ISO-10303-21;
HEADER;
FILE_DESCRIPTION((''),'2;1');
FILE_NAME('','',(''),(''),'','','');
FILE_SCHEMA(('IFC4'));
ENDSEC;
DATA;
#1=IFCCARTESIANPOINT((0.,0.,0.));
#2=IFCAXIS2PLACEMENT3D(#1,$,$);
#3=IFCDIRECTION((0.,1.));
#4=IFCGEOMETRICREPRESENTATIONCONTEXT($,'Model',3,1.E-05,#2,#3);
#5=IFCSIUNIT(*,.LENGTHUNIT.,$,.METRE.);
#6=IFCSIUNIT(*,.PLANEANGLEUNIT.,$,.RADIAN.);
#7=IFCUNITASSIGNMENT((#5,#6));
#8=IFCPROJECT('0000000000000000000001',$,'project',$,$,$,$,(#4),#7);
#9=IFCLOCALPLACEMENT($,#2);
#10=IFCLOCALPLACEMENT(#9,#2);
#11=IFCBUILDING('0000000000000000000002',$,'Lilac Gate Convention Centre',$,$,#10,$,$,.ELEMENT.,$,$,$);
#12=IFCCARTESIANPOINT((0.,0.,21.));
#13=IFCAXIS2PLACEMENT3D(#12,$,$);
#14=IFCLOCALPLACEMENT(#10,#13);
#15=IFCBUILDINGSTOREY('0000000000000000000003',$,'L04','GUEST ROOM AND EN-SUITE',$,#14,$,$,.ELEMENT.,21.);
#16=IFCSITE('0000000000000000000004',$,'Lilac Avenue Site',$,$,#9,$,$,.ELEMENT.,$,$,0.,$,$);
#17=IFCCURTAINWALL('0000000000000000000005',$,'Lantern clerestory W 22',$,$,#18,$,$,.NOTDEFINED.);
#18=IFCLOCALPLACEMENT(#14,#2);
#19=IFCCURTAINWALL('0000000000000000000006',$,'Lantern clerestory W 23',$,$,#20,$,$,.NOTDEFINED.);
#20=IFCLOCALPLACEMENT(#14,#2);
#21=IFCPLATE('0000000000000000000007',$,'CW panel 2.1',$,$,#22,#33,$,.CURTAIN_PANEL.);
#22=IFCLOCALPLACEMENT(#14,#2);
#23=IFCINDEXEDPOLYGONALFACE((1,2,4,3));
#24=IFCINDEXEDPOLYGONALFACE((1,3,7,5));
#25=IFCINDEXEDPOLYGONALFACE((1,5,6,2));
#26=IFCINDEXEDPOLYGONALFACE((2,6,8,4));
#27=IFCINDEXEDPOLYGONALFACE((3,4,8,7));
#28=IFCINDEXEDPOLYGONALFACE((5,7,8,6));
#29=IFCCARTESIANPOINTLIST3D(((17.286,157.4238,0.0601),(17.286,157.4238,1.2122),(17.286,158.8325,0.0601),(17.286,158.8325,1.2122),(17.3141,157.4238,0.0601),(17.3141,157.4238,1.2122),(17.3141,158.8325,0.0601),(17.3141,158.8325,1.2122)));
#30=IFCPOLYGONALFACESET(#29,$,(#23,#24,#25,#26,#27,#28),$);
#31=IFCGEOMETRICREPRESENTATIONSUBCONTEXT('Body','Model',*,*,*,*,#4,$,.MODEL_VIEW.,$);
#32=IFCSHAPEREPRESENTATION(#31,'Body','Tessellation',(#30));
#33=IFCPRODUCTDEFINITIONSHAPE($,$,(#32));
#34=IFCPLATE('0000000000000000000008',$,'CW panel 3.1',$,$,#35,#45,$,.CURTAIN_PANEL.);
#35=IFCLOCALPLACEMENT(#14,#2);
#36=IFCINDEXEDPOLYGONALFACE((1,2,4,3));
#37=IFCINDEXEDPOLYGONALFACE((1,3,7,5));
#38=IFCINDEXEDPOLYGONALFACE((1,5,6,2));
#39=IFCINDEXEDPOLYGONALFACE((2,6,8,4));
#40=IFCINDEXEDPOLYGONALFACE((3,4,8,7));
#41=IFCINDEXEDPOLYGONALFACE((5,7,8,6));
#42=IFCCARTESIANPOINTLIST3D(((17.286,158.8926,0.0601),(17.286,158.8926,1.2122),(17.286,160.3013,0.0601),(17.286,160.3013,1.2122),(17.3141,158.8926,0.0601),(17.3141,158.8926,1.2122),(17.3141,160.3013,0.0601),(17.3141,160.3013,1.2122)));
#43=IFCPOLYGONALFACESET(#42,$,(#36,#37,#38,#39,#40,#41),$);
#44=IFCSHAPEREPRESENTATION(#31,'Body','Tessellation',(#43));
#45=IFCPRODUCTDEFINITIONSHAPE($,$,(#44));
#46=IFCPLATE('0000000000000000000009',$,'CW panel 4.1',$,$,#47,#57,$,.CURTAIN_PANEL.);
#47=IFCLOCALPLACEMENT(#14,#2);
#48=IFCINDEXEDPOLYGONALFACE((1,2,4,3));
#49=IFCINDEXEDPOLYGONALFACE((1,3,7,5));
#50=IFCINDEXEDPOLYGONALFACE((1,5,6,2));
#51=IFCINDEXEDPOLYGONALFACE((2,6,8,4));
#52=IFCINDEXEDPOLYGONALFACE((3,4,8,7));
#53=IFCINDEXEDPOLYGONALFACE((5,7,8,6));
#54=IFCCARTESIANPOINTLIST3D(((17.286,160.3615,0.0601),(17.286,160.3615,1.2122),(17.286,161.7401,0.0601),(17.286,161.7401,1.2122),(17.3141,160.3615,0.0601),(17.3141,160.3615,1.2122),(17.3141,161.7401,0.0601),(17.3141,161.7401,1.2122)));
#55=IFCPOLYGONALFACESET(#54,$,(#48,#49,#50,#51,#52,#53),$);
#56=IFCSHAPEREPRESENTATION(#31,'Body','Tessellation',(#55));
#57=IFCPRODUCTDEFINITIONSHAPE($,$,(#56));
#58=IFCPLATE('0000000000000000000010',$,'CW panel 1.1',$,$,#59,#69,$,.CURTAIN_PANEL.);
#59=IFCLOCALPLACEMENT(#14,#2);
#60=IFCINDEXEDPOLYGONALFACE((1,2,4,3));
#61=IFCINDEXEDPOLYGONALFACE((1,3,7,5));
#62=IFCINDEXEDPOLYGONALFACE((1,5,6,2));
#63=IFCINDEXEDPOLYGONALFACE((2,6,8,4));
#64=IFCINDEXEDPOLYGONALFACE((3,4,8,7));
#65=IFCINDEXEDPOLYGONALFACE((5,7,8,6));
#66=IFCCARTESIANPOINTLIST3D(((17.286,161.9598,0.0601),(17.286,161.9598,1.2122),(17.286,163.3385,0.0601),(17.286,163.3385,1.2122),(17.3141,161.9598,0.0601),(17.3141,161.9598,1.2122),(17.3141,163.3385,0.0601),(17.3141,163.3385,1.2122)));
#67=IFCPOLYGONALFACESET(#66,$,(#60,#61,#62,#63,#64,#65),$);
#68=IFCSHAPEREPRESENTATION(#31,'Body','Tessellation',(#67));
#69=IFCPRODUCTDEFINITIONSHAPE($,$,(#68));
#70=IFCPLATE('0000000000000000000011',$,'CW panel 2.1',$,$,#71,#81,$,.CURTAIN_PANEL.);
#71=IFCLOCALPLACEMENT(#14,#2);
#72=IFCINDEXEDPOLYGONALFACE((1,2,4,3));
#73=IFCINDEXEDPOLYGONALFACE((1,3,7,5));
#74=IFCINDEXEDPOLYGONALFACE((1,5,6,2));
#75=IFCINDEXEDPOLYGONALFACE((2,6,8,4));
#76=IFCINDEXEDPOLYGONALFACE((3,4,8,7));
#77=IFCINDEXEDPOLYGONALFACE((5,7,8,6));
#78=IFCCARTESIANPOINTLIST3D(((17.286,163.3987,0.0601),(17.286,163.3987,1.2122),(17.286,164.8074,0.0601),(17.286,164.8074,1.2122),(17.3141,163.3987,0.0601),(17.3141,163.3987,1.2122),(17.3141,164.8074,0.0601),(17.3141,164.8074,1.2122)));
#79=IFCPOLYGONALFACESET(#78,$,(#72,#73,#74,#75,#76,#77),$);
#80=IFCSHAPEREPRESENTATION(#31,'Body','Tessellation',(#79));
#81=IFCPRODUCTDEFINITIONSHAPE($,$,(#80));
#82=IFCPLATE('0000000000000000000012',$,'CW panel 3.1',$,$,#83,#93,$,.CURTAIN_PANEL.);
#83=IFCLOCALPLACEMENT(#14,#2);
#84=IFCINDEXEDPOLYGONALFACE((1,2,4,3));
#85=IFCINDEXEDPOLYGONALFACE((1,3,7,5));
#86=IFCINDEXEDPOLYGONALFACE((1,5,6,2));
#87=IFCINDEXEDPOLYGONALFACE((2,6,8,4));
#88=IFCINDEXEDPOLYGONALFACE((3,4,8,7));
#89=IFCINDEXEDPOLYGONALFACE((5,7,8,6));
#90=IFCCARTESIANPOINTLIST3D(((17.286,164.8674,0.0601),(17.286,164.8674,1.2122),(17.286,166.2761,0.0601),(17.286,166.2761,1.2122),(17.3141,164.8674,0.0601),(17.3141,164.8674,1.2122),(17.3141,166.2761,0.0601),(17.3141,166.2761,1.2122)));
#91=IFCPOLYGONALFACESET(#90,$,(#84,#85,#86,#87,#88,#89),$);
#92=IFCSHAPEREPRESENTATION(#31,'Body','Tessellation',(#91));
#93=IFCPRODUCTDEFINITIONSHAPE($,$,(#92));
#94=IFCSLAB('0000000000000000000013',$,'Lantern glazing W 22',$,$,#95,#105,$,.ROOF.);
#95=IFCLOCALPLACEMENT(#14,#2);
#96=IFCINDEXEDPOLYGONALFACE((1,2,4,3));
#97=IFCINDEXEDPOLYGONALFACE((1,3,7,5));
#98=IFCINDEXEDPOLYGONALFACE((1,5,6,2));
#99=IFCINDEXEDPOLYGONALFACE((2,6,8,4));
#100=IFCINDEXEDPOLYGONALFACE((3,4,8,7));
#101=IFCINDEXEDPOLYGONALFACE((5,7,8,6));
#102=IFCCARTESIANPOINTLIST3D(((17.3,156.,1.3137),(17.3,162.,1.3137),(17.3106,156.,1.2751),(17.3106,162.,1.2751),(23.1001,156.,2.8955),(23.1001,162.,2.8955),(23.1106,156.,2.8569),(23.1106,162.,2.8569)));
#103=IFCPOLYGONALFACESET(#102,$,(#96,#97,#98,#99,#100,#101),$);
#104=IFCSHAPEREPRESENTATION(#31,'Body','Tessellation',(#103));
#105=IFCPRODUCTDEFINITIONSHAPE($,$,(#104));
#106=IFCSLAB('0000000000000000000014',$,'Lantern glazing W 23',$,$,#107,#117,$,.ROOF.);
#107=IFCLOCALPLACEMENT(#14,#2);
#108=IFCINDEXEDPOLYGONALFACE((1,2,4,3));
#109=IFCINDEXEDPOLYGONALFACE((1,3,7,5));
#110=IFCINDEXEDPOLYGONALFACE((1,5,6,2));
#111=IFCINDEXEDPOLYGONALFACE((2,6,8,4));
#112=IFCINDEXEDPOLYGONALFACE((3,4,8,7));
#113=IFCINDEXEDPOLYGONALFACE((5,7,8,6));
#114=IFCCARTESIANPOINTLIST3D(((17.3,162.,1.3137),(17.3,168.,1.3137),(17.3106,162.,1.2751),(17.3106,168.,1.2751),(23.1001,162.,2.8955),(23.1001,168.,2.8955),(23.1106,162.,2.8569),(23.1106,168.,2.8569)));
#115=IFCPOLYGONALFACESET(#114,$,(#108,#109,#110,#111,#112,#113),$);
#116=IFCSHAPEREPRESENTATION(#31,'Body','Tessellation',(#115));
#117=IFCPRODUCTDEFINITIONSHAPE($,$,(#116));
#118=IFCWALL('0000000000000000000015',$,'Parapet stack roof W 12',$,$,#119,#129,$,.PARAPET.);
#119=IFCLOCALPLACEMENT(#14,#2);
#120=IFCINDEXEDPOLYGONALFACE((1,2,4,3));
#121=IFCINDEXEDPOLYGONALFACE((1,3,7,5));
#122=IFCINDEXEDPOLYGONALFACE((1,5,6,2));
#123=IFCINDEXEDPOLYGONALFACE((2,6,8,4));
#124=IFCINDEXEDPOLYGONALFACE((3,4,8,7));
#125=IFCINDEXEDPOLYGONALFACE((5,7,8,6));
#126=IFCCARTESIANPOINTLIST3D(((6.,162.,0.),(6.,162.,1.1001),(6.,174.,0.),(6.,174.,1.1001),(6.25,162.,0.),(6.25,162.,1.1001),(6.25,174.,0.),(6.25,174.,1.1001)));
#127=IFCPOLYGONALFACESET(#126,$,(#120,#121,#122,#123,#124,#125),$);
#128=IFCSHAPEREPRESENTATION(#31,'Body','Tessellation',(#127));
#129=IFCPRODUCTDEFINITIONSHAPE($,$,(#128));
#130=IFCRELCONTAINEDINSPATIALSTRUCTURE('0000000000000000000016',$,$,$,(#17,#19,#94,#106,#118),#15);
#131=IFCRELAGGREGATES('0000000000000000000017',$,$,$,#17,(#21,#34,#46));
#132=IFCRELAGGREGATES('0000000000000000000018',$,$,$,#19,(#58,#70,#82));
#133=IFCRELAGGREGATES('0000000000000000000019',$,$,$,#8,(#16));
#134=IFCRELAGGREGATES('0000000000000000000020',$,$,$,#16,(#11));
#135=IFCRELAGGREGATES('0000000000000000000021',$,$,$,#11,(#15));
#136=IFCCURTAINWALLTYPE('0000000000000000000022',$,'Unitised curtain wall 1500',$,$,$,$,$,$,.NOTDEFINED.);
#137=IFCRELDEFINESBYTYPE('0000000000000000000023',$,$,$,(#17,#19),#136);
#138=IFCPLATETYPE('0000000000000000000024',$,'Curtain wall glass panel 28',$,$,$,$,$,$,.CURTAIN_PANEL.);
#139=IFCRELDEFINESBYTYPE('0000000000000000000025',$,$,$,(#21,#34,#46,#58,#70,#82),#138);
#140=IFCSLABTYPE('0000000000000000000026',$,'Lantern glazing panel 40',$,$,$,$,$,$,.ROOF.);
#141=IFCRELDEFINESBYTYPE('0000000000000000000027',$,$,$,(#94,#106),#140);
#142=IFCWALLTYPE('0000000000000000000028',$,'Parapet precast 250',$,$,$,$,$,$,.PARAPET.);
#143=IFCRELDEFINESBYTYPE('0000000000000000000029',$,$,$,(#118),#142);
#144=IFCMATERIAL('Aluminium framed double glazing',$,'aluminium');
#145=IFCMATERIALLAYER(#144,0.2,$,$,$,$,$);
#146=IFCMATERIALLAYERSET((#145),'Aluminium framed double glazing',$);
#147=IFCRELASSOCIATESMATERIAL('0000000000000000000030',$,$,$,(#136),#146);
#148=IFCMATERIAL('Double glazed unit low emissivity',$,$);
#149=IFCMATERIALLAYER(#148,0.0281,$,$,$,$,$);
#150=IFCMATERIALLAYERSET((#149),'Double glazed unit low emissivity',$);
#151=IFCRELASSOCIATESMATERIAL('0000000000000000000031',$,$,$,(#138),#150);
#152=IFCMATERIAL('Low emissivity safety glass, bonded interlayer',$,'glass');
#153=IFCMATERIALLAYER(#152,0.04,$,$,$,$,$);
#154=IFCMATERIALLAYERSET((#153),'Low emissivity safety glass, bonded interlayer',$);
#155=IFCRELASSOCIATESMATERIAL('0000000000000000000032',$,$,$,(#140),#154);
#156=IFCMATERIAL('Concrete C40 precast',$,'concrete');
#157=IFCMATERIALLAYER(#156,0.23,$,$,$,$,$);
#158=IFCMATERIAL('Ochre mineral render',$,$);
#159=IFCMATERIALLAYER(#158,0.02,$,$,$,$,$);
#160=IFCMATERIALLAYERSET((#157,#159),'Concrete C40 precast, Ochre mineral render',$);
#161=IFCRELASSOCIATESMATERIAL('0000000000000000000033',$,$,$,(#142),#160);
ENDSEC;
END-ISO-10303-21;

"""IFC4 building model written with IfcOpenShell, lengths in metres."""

from ifc_helpers import new_model, si_unit, direction, frame, frame_2d, origin, origin_2d, place, context, subcontext, project, spatial, polyline, rectangle, outline, extrude, material, layer, layer_set, type_object, element, aggregate, save


model = new_model("IFC4")

# Units and contexts
model_context = context("Model", 3, precision=1e-05, world=origin(), true_north=direction((0.0, 1.0)))
body_context = subcontext(model_context, "Body", "Model", "MODEL_VIEW")
ifc_project = project(units=[si_unit("LENGTHUNIT", "METRE"), si_unit("PLANEANGLEUNIT", "RADIAN")], contexts=[model_context])

# Site, building, storey
site_placement = place(None, origin())
site = spatial("IfcSite", under=ifc_project, at=site_placement, Name="Lilac Avenue Site", CompositionType="ELEMENT", RefElevation=0.0)
building_placement = place(site_placement, origin())
building = spatial("IfcBuilding", under=site, at=building_placement, Name="Lilac Gate Convention Centre", CompositionType="ELEMENT")
storey_placement = place(building_placement, frame((0.0, 0.0, 21.0)))
storey = spatial("IfcBuildingStorey", under=building, at=storey_placement, Name="L04", Description="GUEST ROOM AND EN-SUITE", CompositionType="ELEMENT", Elevation=21.0)

# Shared definitions
ifc_material_1 = material(Name="Aluminium framed double glazing", Category="aluminium")
ifc_layer_1 = layer(ifc_material_1, 0.2)
ifc_layer_set_1 = layer_set([ifc_layer_1], Name="Aluminium framed double glazing")
curtain_wall_type = type_object("IfcCurtainWallType", Name="Unitised curtain wall 1500", PredefinedType="NOTDEFINED", material=ifc_layer_set_1)

# Curtain walls
curtain_wall_1_placement = place(storey_placement, origin())
curtain_wall_1 = element("IfcCurtainWall", 1, at=curtain_wall_1_placement, inside=storey, type_object=curtain_wall_type, Name="Lantern clerestory W 22", PredefinedType="NOTDEFINED")
curtain_wall_2_placement = place(storey_placement, origin())
curtain_wall_2 = element("IfcCurtainWall", 2, at=curtain_wall_2_placement, inside=storey, type_object=curtain_wall_type, Name="Lantern clerestory W 23", PredefinedType="NOTDEFINED")

# Plates
ifc_material_2 = material(Name="Double glazed unit low emissivity")
ifc_layer_2 = layer(ifc_material_2, 0.0281)
ifc_layer_set_2 = layer_set([ifc_layer_2], Name="Double glazed unit low emissivity")
plate_type = type_object("IfcPlateType", Name="Curtain wall glass panel 28", PredefinedType="CURTAIN_PANEL", material=ifc_layer_set_2)
plate_1_placement = place(storey_placement, frame((17.3, 158.1282, 0.0601), z_axis=(0.0, 0.0, 1.0), x_axis=(0.0, 1.0, 0.0)))
plate_1 = element("IfcPlate", 3, at=plate_1_placement, type_object=plate_type, Name="CW panel 2.1", PredefinedType="CURTAIN_PANEL", context=body_context, shape_type="SweptSolid", body=[
    extrude(rectangle(XDim=1.4087, YDim=0.0281, at=origin_2d()), origin(), (0.0, 0.0, 1.0), 1.1521),
])
plate_2_placement = place(storey_placement, frame((17.3, 159.5969, 0.0601), z_axis=(0.0, 0.0, 1.0), x_axis=(0.0, 1.0, 0.0)))
plate_2 = element("IfcPlate", 4, at=plate_2_placement, type_object=plate_type, Name="CW panel 3.1", PredefinedType="CURTAIN_PANEL", context=body_context, shape_type="SweptSolid", body=[
    extrude(rectangle(XDim=1.4087, YDim=0.0281, at=origin_2d()), origin(), (0.0, 0.0, 1.0), 1.1521),
])
plate_3_placement = place(storey_placement, frame((17.3, 161.0508, 0.0601), z_axis=(0.0, 0.0, 1.0), x_axis=(0.0, 1.0, 0.0)))
plate_3 = element("IfcPlate", 5, at=plate_3_placement, type_object=plate_type, Name="CW panel 4.1", PredefinedType="CURTAIN_PANEL", context=body_context, shape_type="SweptSolid", body=[
    extrude(rectangle(XDim=1.3787, YDim=0.0281, at=origin_2d()), origin(), (0.0, 0.0, 1.0), 1.1521),
])
aggregate(curtain_wall_1, [plate_1, plate_2, plate_3])
plate_4_placement = place(storey_placement, frame((17.3, 162.6492, 0.0601), z_axis=(0.0, 0.0, 1.0), x_axis=(0.0, 1.0, 0.0)))
plate_4 = element("IfcPlate", 6, at=plate_4_placement, type_object=plate_type, Name="CW panel 1.1", PredefinedType="CURTAIN_PANEL", context=body_context, shape_type="SweptSolid", body=[
    extrude(rectangle(XDim=1.3787, YDim=0.0281, at=origin_2d()), origin(), (0.0, 0.0, 1.0), 1.1521),
])
plate_5_placement = place(storey_placement, frame((17.3, 164.103, 0.0601), z_axis=(0.0, 0.0, 1.0), x_axis=(0.0, 1.0, 0.0)))
plate_5 = element("IfcPlate", 7, at=plate_5_placement, type_object=plate_type, Name="CW panel 2.1", PredefinedType="CURTAIN_PANEL", context=body_context, shape_type="SweptSolid", body=[
    extrude(rectangle(XDim=1.4087, YDim=0.0281, at=origin_2d()), origin(), (0.0, 0.0, 1.0), 1.1521),
])
plate_6_placement = place(storey_placement, frame((17.3, 165.5718, 0.0601), z_axis=(0.0, 0.0, 1.0), x_axis=(0.0, 1.0, 0.0)))
plate_6 = element("IfcPlate", 8, at=plate_6_placement, type_object=plate_type, Name="CW panel 3.1", PredefinedType="CURTAIN_PANEL", context=body_context, shape_type="SweptSolid", body=[
    extrude(rectangle(XDim=1.4087, YDim=0.0281, at=origin_2d()), origin(), (0.0, 0.0, 1.0), 1.1521),
])
aggregate(curtain_wall_2, [plate_4, plate_5, plate_6])

# Slabs
ifc_material_3 = material(Name="Low emissivity safety glass, bonded interlayer", Category="glass")
ifc_layer_3 = layer(ifc_material_3, 0.04)
ifc_layer_set_3 = layer_set([ifc_layer_3], Name="Low emissivity safety glass, bonded interlayer")
slab_type = type_object("IfcSlabType", Name="Lantern glazing panel 40", PredefinedType="ROOF", material=ifc_layer_set_3)
for number, where, z_axis, x_axis, name in (
    (9, (17.3, 156.0, 1.3137), (-0.263111, 0.0, 0.964766), (0.964766, 0.0, 0.263111), "Lantern glazing W 22"),
    (10, (17.3, 162.0, 1.3137), (-0.263111, 0.0, 0.964766), (0.964766, 0.0, 0.263111), "Lantern glazing W 23"),
):
    element("IfcSlab", number, at=place(storey_placement, frame(where, z_axis=z_axis, x_axis=x_axis)), inside=storey, type_object=slab_type, Name=name, PredefinedType="ROOF", context=body_context, shape_type="SweptSolid", body=[
        extrude(outline(polyline([(0.0, 0.0), (6.0119, 0.0), (6.0119, 6.0), (0.0, 6.0), (0.0, 0.0)])), origin(), (0.0, 0.0, -1.0), 0.04),
    ])

# Wall
ifc_material_4 = material(Name="Concrete C40 precast", Category="concrete")
ifc_layer_4 = layer(ifc_material_4, 0.23)
ifc_material_5 = material(Name="Ochre mineral render")
ifc_layer_5 = layer(ifc_material_5, 0.02)
ifc_layer_set_4 = layer_set([ifc_layer_4, ifc_layer_5], Name="Concrete C40 precast, Ochre mineral render")
wall_type = type_object("IfcWallType", Name="Parapet precast 250", PredefinedType="PARAPET", material=ifc_layer_set_4)
wall_placement = place(storey_placement, frame((6.125, 162.0, 0.0), z_axis=(0.0, 0.0, 1.0), x_axis=(0.0, 1.0, 0.0)))
element("IfcWall", 11, at=wall_placement, inside=storey, type_object=wall_type, Name="Parapet stack roof W 12", PredefinedType="PARAPET", context=body_context, shape_type="SweptSolid", body=[
    extrude(rectangle(XDim=12.0, YDim=0.25, at=frame_2d((6.0, 0.0))), origin(), (0.0, 0.0, 1.0), 1.1001),
])

save(model, "model.ifc")
